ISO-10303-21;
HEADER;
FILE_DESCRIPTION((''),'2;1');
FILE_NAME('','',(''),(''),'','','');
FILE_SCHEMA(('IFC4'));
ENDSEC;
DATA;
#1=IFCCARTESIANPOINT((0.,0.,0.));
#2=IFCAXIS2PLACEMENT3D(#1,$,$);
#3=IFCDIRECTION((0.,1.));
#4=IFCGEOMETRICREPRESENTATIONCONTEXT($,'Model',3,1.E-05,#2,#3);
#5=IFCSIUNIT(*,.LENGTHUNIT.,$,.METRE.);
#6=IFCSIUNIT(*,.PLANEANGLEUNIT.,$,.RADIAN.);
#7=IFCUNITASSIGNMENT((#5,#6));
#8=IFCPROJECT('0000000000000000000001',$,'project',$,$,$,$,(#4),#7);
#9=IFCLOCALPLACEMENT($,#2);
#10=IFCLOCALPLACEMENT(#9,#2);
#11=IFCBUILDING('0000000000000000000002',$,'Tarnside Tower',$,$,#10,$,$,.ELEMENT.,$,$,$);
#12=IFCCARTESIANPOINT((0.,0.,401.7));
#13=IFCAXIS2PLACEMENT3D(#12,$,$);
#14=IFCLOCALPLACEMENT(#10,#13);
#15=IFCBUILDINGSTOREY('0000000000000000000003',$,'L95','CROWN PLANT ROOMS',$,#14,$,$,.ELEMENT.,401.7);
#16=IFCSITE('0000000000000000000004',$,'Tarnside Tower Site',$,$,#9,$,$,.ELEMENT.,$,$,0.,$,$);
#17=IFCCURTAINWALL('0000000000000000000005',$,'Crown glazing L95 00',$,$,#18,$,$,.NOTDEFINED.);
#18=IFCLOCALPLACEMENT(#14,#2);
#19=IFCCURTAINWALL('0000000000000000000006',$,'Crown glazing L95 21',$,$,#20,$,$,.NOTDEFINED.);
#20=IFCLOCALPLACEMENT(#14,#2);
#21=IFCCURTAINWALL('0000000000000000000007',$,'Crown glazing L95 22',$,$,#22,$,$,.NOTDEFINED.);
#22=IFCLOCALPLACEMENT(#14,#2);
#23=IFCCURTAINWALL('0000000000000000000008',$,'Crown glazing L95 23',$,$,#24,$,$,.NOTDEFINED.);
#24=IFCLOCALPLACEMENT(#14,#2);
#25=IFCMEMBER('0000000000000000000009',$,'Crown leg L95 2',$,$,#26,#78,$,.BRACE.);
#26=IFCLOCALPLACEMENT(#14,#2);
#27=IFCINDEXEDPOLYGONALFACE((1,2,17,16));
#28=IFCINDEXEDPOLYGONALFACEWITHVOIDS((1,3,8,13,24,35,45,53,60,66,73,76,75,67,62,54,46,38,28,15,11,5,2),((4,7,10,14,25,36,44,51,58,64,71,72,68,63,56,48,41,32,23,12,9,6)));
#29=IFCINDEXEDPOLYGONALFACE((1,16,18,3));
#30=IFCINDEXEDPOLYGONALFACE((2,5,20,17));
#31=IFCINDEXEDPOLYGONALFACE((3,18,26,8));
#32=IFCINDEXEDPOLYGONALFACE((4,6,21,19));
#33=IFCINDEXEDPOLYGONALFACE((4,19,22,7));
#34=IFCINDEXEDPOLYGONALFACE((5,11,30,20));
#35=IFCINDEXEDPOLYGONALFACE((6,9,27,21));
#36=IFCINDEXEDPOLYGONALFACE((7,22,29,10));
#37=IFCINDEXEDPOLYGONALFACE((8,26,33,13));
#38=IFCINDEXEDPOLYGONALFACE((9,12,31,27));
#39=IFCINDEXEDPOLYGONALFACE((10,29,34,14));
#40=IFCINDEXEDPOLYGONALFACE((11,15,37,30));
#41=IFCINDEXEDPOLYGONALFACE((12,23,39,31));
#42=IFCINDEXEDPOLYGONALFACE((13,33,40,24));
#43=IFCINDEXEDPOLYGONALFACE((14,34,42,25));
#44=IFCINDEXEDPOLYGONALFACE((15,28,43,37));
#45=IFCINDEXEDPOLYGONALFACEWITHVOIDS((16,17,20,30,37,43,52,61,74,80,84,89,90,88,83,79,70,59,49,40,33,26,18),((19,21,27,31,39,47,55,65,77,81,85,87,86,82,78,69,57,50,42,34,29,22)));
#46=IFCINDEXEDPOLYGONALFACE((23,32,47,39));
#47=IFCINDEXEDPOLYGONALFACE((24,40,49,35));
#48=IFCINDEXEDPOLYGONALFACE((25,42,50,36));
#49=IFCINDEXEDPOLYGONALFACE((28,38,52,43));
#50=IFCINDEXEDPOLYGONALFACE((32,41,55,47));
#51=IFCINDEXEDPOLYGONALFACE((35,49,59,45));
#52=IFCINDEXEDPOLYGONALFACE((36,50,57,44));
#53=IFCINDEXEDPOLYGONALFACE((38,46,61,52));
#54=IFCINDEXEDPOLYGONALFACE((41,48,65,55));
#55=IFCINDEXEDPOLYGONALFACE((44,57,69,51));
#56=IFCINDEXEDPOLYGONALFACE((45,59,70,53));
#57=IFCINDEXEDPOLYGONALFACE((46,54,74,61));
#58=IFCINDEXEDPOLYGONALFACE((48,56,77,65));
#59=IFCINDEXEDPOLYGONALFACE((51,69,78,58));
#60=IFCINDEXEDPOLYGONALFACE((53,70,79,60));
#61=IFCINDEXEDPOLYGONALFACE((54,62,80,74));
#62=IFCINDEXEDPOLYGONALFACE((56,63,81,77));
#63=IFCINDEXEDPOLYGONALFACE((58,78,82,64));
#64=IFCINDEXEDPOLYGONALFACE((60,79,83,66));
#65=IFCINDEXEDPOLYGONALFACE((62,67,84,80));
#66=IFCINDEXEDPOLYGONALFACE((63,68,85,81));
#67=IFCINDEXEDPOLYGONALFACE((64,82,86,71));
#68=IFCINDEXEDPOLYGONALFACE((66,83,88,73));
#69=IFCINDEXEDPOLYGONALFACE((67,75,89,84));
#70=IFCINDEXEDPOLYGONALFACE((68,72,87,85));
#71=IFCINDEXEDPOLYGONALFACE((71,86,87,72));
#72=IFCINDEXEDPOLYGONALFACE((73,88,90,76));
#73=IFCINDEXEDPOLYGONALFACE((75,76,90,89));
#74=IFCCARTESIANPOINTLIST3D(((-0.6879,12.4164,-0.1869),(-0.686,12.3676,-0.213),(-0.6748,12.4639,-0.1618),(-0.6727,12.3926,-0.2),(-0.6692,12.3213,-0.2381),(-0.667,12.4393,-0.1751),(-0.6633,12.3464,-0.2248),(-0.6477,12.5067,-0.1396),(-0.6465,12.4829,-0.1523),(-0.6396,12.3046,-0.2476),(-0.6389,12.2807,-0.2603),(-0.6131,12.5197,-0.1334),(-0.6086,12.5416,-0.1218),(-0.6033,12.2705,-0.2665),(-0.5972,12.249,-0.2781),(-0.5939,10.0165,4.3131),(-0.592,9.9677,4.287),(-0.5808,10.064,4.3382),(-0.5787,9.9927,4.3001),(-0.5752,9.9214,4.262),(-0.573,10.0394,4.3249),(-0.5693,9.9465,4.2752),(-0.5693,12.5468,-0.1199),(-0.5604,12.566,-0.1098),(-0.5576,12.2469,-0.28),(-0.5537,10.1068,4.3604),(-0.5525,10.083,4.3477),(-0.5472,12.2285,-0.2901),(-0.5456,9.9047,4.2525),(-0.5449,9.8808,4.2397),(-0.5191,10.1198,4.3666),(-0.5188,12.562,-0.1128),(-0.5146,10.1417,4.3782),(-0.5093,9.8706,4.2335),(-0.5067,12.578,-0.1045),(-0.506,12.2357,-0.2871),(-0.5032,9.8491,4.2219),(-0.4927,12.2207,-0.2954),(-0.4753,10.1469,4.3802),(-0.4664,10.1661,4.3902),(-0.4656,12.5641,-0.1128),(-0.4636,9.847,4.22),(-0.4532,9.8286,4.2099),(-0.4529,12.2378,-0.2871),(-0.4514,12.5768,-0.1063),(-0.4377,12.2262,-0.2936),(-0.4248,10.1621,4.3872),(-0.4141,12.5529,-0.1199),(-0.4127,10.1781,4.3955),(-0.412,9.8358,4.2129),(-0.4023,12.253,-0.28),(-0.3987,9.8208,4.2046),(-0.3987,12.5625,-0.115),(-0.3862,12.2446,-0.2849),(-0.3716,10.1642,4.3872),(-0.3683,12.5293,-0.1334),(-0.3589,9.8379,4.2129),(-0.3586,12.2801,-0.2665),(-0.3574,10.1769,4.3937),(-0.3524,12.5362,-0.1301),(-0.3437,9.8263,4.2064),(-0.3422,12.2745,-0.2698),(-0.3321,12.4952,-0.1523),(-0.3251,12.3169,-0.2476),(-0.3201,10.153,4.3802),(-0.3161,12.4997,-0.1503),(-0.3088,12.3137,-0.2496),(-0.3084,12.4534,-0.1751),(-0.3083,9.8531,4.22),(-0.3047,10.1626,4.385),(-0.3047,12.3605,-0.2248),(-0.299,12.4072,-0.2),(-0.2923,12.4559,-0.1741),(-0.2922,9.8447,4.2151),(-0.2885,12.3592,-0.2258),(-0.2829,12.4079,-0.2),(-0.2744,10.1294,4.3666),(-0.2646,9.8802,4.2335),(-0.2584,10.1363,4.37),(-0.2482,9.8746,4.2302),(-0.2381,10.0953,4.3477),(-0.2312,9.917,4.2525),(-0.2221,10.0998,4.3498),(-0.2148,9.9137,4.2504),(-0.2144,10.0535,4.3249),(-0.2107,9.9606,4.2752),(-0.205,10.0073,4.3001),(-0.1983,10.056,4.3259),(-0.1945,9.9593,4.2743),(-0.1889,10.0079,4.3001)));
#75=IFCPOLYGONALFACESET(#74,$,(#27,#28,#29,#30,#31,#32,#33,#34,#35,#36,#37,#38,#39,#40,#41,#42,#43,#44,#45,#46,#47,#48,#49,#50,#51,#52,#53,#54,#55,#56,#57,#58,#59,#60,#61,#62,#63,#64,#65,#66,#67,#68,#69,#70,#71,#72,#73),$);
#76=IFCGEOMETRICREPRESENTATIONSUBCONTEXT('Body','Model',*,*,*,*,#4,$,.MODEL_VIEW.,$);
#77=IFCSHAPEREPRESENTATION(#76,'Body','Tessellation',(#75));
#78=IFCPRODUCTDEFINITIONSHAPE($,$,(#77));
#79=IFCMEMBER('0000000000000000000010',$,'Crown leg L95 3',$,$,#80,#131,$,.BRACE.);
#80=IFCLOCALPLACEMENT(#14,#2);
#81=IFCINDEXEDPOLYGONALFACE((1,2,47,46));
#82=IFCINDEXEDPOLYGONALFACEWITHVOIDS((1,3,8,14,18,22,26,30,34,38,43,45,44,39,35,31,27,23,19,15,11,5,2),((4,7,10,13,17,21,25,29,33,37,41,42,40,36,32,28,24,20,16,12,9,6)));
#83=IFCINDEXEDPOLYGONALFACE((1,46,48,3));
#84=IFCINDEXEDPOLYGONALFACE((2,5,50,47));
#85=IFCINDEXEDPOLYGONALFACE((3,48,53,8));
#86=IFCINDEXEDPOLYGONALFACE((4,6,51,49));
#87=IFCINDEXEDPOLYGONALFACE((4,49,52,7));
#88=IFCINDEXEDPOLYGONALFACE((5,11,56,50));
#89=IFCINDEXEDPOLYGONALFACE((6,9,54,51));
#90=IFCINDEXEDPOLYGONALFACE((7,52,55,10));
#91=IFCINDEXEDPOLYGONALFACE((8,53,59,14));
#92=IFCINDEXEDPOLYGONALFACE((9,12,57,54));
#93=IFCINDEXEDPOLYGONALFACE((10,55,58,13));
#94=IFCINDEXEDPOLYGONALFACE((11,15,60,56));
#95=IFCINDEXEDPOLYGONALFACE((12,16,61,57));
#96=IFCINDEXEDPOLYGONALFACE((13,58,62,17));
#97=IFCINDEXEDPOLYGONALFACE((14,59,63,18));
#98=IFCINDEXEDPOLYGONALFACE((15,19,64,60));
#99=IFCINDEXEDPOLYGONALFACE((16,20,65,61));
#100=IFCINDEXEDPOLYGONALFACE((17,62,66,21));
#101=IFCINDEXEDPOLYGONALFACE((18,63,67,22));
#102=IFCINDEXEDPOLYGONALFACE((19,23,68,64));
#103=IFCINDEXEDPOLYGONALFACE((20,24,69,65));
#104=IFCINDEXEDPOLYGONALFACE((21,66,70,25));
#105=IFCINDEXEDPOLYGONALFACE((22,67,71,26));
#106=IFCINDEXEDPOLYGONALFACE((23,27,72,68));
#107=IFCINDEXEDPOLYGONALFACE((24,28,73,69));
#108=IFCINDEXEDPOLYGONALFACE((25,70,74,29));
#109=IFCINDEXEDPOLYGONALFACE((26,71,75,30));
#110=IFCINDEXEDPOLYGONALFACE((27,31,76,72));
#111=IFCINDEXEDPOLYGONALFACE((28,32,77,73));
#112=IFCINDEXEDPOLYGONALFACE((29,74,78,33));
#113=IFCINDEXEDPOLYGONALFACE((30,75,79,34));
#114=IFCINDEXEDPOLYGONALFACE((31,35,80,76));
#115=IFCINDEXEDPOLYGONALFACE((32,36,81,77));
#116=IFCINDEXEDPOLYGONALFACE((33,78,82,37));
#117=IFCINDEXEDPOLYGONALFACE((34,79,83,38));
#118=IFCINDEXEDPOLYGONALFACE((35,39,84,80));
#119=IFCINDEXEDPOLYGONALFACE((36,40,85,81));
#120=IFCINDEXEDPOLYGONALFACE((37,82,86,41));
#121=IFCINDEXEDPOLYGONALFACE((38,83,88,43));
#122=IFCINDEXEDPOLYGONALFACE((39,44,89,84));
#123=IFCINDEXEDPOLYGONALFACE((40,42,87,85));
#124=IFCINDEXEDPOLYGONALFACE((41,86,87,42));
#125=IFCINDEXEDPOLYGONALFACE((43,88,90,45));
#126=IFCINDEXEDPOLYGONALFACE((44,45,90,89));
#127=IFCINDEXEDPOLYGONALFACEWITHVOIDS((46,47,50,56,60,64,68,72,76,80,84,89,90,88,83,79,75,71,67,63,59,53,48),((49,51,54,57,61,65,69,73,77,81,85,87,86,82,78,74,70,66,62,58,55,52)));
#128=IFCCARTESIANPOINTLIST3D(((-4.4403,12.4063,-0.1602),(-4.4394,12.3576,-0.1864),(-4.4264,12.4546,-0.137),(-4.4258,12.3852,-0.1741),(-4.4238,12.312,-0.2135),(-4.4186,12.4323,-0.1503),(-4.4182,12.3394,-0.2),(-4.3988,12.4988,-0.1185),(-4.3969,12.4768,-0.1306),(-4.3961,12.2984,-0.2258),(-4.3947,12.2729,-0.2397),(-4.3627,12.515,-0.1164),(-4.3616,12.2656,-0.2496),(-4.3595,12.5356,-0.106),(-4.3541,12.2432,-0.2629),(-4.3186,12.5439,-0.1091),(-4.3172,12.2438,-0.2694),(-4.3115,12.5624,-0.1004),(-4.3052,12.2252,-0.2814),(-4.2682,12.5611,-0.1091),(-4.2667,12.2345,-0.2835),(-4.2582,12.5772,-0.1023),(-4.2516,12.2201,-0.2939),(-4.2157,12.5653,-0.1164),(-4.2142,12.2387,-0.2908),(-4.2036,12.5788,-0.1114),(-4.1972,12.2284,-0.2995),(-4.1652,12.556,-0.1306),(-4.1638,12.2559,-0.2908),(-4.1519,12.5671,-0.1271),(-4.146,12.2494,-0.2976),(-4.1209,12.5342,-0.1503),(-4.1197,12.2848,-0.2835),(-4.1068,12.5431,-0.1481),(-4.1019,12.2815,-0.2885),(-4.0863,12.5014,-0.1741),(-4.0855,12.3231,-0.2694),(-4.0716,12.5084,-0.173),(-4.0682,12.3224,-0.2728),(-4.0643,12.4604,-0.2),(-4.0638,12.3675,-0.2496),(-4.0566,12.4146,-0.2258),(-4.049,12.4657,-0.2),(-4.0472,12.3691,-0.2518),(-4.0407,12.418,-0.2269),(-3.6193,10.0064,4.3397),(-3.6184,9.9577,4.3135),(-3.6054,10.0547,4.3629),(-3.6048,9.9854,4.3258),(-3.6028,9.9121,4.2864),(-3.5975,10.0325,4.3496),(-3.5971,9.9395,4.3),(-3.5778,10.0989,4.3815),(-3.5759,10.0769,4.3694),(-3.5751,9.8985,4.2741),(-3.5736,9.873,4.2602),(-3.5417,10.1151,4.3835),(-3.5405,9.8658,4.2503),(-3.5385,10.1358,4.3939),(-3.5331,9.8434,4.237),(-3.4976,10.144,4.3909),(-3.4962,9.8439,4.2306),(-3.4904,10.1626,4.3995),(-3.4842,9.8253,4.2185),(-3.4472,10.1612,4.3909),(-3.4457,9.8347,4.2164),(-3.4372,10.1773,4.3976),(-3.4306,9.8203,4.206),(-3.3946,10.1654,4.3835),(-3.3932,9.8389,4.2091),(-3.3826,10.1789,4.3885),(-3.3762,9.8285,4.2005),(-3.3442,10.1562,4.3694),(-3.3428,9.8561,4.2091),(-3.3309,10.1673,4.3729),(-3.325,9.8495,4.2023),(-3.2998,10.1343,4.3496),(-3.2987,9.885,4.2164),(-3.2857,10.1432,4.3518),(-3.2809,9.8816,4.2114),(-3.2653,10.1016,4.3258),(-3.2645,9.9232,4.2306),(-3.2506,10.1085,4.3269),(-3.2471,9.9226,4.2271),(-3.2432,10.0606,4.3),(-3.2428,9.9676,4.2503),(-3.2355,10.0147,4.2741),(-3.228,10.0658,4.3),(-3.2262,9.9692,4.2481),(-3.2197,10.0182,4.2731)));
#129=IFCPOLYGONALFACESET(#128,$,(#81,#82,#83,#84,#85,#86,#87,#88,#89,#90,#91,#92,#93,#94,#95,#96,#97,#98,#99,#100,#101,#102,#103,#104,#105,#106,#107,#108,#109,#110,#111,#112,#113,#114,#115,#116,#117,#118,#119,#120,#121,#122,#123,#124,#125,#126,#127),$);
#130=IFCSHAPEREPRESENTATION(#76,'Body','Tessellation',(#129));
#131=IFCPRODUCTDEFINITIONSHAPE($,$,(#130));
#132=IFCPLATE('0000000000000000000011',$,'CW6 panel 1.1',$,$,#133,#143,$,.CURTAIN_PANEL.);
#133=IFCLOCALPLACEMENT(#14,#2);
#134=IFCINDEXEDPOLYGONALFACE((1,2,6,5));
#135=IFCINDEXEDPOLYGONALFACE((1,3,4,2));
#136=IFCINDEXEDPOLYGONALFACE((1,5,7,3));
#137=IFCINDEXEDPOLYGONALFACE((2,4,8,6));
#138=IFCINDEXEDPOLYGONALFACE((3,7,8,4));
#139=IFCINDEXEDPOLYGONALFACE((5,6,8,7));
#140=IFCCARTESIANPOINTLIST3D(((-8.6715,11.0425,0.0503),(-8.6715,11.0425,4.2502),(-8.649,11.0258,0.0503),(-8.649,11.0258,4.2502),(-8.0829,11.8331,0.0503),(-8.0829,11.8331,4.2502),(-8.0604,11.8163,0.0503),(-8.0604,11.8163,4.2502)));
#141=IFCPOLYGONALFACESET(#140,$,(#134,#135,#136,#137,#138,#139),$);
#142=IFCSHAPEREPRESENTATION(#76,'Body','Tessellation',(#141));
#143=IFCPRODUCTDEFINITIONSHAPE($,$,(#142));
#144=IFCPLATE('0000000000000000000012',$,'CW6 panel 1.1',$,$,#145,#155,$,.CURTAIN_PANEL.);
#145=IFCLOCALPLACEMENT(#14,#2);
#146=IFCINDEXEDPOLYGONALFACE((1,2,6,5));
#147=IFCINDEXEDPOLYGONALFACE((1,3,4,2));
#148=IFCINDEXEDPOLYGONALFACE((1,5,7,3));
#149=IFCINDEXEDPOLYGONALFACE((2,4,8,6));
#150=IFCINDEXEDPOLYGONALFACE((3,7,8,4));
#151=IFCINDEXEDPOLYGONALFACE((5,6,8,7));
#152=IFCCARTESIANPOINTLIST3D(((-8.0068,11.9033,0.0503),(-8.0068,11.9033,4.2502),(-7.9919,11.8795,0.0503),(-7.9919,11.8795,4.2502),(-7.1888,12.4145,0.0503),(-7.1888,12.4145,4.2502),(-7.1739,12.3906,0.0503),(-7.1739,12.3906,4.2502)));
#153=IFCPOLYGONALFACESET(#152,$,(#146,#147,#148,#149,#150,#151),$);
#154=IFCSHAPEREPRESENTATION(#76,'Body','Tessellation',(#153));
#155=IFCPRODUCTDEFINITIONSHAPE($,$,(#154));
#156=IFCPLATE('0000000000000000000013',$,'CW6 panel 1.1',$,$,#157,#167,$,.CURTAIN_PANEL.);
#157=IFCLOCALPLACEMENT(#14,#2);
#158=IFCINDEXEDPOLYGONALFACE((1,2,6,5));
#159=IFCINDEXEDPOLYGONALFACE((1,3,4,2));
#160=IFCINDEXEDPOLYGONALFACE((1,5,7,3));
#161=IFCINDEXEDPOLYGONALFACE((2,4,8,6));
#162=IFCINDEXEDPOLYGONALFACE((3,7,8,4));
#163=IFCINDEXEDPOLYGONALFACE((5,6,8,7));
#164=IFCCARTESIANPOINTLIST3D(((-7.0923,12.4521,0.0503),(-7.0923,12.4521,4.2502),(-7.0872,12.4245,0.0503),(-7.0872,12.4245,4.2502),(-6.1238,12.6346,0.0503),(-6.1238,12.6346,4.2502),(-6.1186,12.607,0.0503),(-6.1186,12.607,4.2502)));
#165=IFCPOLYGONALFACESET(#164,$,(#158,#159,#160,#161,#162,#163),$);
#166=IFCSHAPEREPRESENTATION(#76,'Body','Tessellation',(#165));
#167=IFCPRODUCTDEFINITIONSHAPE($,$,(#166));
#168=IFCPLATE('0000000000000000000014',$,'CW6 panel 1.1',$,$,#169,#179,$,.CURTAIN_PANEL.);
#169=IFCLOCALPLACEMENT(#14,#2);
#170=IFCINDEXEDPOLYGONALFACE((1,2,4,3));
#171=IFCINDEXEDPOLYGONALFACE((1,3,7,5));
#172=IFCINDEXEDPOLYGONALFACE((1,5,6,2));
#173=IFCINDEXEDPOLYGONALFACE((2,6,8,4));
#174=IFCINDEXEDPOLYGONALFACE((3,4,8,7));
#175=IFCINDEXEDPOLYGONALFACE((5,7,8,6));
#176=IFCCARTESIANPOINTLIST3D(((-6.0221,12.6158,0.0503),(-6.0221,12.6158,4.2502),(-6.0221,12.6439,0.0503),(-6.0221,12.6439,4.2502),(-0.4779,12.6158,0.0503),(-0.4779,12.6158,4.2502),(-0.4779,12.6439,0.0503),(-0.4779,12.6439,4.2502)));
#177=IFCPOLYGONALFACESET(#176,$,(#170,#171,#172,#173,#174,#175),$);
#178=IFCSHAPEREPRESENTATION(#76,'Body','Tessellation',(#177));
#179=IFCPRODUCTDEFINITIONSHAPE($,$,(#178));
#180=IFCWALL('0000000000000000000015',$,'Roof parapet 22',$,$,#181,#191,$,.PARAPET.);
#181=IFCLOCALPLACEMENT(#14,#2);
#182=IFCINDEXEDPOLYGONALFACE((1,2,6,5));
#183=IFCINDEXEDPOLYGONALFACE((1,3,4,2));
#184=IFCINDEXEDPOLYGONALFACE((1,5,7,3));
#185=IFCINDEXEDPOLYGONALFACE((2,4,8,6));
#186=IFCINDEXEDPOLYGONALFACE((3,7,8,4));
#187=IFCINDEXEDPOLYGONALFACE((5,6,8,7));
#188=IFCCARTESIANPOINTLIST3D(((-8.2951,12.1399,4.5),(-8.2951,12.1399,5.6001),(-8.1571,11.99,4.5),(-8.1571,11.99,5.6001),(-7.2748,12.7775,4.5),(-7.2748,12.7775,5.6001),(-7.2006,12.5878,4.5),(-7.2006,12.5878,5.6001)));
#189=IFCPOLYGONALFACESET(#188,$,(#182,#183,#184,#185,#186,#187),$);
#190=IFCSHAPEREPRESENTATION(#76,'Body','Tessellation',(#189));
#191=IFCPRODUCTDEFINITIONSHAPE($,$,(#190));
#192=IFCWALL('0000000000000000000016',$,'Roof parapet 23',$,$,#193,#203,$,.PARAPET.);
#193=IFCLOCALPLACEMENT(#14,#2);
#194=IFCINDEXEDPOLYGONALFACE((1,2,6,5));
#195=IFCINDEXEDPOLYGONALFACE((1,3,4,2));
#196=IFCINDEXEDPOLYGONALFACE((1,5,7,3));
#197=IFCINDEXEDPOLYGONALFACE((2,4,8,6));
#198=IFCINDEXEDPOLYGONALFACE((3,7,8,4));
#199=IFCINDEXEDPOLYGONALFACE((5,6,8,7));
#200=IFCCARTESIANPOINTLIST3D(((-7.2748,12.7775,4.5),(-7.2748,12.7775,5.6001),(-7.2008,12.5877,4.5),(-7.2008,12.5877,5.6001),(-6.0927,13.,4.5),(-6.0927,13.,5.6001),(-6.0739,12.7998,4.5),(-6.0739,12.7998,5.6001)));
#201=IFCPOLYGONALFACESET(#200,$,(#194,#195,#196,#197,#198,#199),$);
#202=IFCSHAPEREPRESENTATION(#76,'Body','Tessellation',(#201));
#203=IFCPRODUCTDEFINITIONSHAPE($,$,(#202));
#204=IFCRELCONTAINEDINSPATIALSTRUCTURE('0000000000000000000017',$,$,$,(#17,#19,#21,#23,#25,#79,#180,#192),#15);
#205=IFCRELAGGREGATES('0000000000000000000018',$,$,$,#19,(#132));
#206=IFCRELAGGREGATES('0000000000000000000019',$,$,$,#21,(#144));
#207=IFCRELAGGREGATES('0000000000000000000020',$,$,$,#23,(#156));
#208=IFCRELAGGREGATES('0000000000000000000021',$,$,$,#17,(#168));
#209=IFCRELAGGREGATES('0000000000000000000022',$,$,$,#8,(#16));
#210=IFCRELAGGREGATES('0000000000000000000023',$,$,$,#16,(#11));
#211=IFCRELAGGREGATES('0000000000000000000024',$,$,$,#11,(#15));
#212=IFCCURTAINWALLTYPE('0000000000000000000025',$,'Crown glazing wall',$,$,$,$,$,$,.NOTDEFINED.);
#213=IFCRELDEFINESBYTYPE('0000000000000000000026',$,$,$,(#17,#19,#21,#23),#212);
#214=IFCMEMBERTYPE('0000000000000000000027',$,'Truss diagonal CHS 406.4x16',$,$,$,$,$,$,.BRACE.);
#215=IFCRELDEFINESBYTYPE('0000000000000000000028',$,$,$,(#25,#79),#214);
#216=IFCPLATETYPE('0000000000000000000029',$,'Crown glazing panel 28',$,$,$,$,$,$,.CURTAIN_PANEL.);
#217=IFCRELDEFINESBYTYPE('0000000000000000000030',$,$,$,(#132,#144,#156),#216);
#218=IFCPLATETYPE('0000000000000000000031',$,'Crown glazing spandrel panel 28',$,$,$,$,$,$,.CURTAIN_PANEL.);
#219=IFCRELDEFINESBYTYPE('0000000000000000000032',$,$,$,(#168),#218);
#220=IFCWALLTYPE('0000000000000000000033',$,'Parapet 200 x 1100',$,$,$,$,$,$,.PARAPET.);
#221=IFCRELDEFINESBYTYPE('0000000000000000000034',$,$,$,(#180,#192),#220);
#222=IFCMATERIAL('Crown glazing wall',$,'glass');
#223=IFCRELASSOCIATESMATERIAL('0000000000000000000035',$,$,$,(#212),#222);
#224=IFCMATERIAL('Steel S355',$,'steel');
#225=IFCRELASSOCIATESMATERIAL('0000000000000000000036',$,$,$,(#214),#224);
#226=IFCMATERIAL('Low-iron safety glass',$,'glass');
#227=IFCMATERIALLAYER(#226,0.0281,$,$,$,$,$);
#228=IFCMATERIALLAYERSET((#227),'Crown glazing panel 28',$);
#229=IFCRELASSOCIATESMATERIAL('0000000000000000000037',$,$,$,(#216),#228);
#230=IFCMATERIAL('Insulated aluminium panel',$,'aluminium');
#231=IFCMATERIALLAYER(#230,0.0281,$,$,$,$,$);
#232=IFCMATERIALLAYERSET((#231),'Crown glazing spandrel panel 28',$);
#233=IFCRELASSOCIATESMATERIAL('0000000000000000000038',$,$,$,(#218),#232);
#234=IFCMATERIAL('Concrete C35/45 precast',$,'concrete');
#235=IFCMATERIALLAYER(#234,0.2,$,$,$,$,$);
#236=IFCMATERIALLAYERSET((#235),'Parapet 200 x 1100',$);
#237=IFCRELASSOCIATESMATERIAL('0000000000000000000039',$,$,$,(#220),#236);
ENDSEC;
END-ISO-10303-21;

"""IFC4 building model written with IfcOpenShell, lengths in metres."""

from ifc_helpers import new_model, si_unit, direction, frame, origin, origin_2d, place, context, subcontext, project, spatial, polyline, rectangle, hollow_circle, outline, extrude, material, layer, layer_set, material_profile, profile_set, type_object, element, aggregate, save


model = new_model("IFC4")

# Units and contexts
model_context = context("Model", 3, precision=1e-05, world=origin(), true_north=direction((0.0, 1.0)))
body_context = subcontext(model_context, "Body", "Model", "MODEL_VIEW")
ifc_project = project(units=[si_unit("LENGTHUNIT", "METRE"), si_unit("PLANEANGLEUNIT", "RADIAN")], contexts=[model_context])

# Site, building, storey
site_placement = place(None, origin())
site = spatial("IfcSite", under=ifc_project, at=site_placement, Name="Tarnside Tower Site", CompositionType="ELEMENT", RefElevation=0.0)
building_placement = place(site_placement, origin())
building = spatial("IfcBuilding", under=site, at=building_placement, Name="Tarnside Tower", CompositionType="ELEMENT")
storey_placement = place(building_placement, frame((0.0, 0.0, 401.7)))
storey = spatial("IfcBuildingStorey", under=building, at=storey_placement, Name="L95", Description="CROWN PLANT ROOMS", CompositionType="ELEMENT", Elevation=401.7)

# Curtain wall
ifc_material_1 = material(Name="Crown glazing wall", Category="glass")
curtain_wall_type = type_object("IfcCurtainWallType", Name="Crown glazing wall", PredefinedType="NOTDEFINED", material=ifc_material_1)
curtain_wall_1_placement = place(storey_placement, origin())
curtain_wall_1 = element("IfcCurtainWall", 1, at=curtain_wall_1_placement, inside=storey, type_object=curtain_wall_type, Name="Crown glazing L95 00", PredefinedType="NOTDEFINED")

# Curtain wall
curtain_wall_2_placement = place(storey_placement, origin())
curtain_wall_2 = element("IfcCurtainWall", 2, at=curtain_wall_2_placement, inside=storey, type_object=curtain_wall_type, Name="Crown glazing L95 21", PredefinedType="NOTDEFINED")

# Curtain walls
curtain_wall_3_placement = place(storey_placement, origin())
curtain_wall_3 = element("IfcCurtainWall", 3, at=curtain_wall_3_placement, inside=storey, type_object=curtain_wall_type, Name="Crown glazing L95 22", PredefinedType="NOTDEFINED")
curtain_wall_4_placement = place(storey_placement, origin())
curtain_wall_4 = element("IfcCurtainWall", 4, at=curtain_wall_4_placement, inside=storey, type_object=curtain_wall_type, Name="Crown glazing L95 23", PredefinedType="NOTDEFINED")

# Members
ifc_material_2 = material(Name="Steel S355", Category="steel")
ifc_material_profile_1 = material_profile(ifc_material_2, hollow_circle(Radius=0.2031, WallThickness=0.0161, at=origin_2d()), Name="CHS 406.4x16")
ifc_profile_set_1 = profile_set([ifc_material_profile_1], Name="Steel S355")
member_type_1 = type_object("IfcMemberType", Name="Truss diagonal CHS 406.4x16", PredefinedType="BRACE", material=ifc_profile_set_1)
member_1_placement = place(storey_placement, frame((-0.4858, 12.3999, -0.2), z_axis=(0.018427, -0.470493, 0.882211), x_axis=(0.999234, 0.039136, 0.0)))
element("IfcMember", 5, at=member_1_placement, inside=storey, type_object=member_type_1, Name="Crown leg L95 2", PredefinedType="BRACE", context=body_context, shape_type="SweptSolid", body=[
    extrude(hollow_circle(Radius=0.2031, WallThickness=0.0161, at=origin_2d()), origin(), (0.0, 0.0, 1.0), 5.1008),
])
member_2_placement = place(storey_placement, frame((-4.2412, 12.3999, -0.2), z_axis=(0.158944, -0.464591, 0.871144), x_axis=(0.946161, 0.323697, 0.0)))
element("IfcMember", 6, at=member_2_placement, inside=storey, type_object=member_type_1, Name="Crown leg L95 3", PredefinedType="BRACE", context=body_context, shape_type="SweptSolid", body=[
    extrude(hollow_circle(Radius=0.2031, WallThickness=0.0161, at=origin_2d()), origin(), (0.0, 0.0, 1.0), 5.1655),
])

# Plates
ifc_material_3 = material(Name="Low-iron safety glass", Category="glass")
ifc_layer_1 = layer(ifc_material_3, 0.0281)
ifc_layer_set_1 = layer_set([ifc_layer_1], Name="Crown glazing panel 28")
plate_type_1 = type_object("IfcPlateType", Name="Crown glazing panel 28", PredefinedType="CURTAIN_PANEL", material=ifc_layer_set_1)
plate_1_placement = place(storey_placement, frame((-8.366, 11.4294, 0.0503), z_axis=(0.0, 0.0, 1.0), x_axis=(0.597159, 0.802123, 0.0)))
plate_1 = element("IfcPlate", 7, at=plate_1_placement, type_object=plate_type_1, Name="CW6 panel 1.1", PredefinedType="CURTAIN_PANEL", context=body_context, shape_type="SweptSolid", body=[
    extrude(rectangle(XDim=0.9856, YDim=0.0281, at=origin_2d()), origin(), (0.0, 0.0, 1.0), 4.2),
])
aggregate(curtain_wall_2, [plate_1])
plate_2_placement = place(storey_placement, frame((-7.5903, 12.147, 0.0503), z_axis=(0.0, 0.0, 1.0), x_axis=(0.848048, 0.529919, 0.0)))
plate_2 = element("IfcPlate", 8, at=plate_2_placement, type_object=plate_type_1, Name="CW6 panel 1.1", PredefinedType="CURTAIN_PANEL", context=body_context, shape_type="SweptSolid", body=[
    extrude(rectangle(XDim=0.9646, YDim=0.0281, at=origin_2d()), origin(), (0.0, 0.0, 1.0), 4.2),
])
aggregate(curtain_wall_3, [plate_2])
plate_3_placement = place(storey_placement, frame((-6.6055, 12.5295, 0.0503), z_axis=(0.0, 0.0, 1.0), x_axis=(0.982721, 0.185095, 0.0)))
plate_3 = element("IfcPlate", 9, at=plate_3_placement, type_object=plate_type_1, Name="CW6 panel 1.1", PredefinedType="CURTAIN_PANEL", context=body_context, shape_type="SweptSolid", body=[
    extrude(rectangle(XDim=0.9856, YDim=0.0281, at=origin_2d()), origin(), (0.0, 0.0, 1.0), 4.2),
])
aggregate(curtain_wall_4, [plate_3])
ifc_material_4 = material(Name="Insulated aluminium panel", Category="aluminium")
ifc_layer_2 = layer(ifc_material_4, 0.0281)
ifc_layer_set_2 = layer_set([ifc_layer_2], Name="Crown glazing spandrel panel 28")
plate_type_2 = type_object("IfcPlateType", Name="Crown glazing spandrel panel 28", PredefinedType="CURTAIN_PANEL", material=ifc_layer_set_2)
plate_4_placement = place(storey_placement, frame((-3.25, 12.6299, 0.0503), z_axis=(0.0, 0.0, 1.0), x_axis=(1.0, 0.0, 0.0)))
plate_4 = element("IfcPlate", 10, at=plate_4_placement, type_object=plate_type_2, Name="CW6 panel 1.1", PredefinedType="CURTAIN_PANEL", context=body_context, shape_type="SweptSolid", body=[
    extrude(rectangle(XDim=5.5442, YDim=0.0281, at=origin_2d()), origin(), (0.0, 0.0, 1.0), 4.2),
])
aggregate(curtain_wall_1, [plate_4])

# Walls
ifc_material_5 = material(Name="Concrete C35/45 precast", Category="concrete")
ifc_layer_3 = layer(ifc_material_5, 0.2)
ifc_layer_set_3 = layer_set([ifc_layer_3], Name="Parapet 200 x 1100")
wall_type_1 = type_object("IfcWallType", Name="Parapet 200 x 1100", PredefinedType="PARAPET", material=ifc_layer_set_3)
wall_1_placement = place(storey_placement, frame((-8.2261, 12.0649, 4.5), z_axis=(0.0, 0.0, 1.0), x_axis=(0.847998, 0.529999, 0.0)))
element("IfcWall", 11, at=wall_1_placement, inside=storey, type_object=wall_type_1, Name="Roof parapet 22", PredefinedType="PARAPET", context=body_context, shape_type="SweptSolid", body=[
    extrude(outline(polyline([(0.0188, -0.1001), (1.1467, -0.1001), (1.1843, 0.1001), (-0.0188, 0.1001), (0.0188, -0.1001)])), origin(), (0.0, 0.0, 1.0), 1.1001),
])
wall_2_placement = place(storey_placement, frame((-7.2378, 12.6826, 4.5), z_axis=(0.0, 0.0, 1.0), x_axis=(0.982747, 0.184953, 0.0)))
element("IfcWall", 12, at=wall_2_placement, inside=storey, type_object=wall_type_1, Name="Roof parapet 23", PredefinedType="PARAPET", context=body_context, shape_type="SweptSolid", body=[
    extrude(outline(polyline([(0.0188, -0.1001), (1.1655, -0.1001), (1.1841, 0.1001), (-0.0188, 0.1001), (0.0188, -0.1001)])), origin(), (0.0, 0.0, 1.0), 1.1001),
])

save(model, "model.ifc")
